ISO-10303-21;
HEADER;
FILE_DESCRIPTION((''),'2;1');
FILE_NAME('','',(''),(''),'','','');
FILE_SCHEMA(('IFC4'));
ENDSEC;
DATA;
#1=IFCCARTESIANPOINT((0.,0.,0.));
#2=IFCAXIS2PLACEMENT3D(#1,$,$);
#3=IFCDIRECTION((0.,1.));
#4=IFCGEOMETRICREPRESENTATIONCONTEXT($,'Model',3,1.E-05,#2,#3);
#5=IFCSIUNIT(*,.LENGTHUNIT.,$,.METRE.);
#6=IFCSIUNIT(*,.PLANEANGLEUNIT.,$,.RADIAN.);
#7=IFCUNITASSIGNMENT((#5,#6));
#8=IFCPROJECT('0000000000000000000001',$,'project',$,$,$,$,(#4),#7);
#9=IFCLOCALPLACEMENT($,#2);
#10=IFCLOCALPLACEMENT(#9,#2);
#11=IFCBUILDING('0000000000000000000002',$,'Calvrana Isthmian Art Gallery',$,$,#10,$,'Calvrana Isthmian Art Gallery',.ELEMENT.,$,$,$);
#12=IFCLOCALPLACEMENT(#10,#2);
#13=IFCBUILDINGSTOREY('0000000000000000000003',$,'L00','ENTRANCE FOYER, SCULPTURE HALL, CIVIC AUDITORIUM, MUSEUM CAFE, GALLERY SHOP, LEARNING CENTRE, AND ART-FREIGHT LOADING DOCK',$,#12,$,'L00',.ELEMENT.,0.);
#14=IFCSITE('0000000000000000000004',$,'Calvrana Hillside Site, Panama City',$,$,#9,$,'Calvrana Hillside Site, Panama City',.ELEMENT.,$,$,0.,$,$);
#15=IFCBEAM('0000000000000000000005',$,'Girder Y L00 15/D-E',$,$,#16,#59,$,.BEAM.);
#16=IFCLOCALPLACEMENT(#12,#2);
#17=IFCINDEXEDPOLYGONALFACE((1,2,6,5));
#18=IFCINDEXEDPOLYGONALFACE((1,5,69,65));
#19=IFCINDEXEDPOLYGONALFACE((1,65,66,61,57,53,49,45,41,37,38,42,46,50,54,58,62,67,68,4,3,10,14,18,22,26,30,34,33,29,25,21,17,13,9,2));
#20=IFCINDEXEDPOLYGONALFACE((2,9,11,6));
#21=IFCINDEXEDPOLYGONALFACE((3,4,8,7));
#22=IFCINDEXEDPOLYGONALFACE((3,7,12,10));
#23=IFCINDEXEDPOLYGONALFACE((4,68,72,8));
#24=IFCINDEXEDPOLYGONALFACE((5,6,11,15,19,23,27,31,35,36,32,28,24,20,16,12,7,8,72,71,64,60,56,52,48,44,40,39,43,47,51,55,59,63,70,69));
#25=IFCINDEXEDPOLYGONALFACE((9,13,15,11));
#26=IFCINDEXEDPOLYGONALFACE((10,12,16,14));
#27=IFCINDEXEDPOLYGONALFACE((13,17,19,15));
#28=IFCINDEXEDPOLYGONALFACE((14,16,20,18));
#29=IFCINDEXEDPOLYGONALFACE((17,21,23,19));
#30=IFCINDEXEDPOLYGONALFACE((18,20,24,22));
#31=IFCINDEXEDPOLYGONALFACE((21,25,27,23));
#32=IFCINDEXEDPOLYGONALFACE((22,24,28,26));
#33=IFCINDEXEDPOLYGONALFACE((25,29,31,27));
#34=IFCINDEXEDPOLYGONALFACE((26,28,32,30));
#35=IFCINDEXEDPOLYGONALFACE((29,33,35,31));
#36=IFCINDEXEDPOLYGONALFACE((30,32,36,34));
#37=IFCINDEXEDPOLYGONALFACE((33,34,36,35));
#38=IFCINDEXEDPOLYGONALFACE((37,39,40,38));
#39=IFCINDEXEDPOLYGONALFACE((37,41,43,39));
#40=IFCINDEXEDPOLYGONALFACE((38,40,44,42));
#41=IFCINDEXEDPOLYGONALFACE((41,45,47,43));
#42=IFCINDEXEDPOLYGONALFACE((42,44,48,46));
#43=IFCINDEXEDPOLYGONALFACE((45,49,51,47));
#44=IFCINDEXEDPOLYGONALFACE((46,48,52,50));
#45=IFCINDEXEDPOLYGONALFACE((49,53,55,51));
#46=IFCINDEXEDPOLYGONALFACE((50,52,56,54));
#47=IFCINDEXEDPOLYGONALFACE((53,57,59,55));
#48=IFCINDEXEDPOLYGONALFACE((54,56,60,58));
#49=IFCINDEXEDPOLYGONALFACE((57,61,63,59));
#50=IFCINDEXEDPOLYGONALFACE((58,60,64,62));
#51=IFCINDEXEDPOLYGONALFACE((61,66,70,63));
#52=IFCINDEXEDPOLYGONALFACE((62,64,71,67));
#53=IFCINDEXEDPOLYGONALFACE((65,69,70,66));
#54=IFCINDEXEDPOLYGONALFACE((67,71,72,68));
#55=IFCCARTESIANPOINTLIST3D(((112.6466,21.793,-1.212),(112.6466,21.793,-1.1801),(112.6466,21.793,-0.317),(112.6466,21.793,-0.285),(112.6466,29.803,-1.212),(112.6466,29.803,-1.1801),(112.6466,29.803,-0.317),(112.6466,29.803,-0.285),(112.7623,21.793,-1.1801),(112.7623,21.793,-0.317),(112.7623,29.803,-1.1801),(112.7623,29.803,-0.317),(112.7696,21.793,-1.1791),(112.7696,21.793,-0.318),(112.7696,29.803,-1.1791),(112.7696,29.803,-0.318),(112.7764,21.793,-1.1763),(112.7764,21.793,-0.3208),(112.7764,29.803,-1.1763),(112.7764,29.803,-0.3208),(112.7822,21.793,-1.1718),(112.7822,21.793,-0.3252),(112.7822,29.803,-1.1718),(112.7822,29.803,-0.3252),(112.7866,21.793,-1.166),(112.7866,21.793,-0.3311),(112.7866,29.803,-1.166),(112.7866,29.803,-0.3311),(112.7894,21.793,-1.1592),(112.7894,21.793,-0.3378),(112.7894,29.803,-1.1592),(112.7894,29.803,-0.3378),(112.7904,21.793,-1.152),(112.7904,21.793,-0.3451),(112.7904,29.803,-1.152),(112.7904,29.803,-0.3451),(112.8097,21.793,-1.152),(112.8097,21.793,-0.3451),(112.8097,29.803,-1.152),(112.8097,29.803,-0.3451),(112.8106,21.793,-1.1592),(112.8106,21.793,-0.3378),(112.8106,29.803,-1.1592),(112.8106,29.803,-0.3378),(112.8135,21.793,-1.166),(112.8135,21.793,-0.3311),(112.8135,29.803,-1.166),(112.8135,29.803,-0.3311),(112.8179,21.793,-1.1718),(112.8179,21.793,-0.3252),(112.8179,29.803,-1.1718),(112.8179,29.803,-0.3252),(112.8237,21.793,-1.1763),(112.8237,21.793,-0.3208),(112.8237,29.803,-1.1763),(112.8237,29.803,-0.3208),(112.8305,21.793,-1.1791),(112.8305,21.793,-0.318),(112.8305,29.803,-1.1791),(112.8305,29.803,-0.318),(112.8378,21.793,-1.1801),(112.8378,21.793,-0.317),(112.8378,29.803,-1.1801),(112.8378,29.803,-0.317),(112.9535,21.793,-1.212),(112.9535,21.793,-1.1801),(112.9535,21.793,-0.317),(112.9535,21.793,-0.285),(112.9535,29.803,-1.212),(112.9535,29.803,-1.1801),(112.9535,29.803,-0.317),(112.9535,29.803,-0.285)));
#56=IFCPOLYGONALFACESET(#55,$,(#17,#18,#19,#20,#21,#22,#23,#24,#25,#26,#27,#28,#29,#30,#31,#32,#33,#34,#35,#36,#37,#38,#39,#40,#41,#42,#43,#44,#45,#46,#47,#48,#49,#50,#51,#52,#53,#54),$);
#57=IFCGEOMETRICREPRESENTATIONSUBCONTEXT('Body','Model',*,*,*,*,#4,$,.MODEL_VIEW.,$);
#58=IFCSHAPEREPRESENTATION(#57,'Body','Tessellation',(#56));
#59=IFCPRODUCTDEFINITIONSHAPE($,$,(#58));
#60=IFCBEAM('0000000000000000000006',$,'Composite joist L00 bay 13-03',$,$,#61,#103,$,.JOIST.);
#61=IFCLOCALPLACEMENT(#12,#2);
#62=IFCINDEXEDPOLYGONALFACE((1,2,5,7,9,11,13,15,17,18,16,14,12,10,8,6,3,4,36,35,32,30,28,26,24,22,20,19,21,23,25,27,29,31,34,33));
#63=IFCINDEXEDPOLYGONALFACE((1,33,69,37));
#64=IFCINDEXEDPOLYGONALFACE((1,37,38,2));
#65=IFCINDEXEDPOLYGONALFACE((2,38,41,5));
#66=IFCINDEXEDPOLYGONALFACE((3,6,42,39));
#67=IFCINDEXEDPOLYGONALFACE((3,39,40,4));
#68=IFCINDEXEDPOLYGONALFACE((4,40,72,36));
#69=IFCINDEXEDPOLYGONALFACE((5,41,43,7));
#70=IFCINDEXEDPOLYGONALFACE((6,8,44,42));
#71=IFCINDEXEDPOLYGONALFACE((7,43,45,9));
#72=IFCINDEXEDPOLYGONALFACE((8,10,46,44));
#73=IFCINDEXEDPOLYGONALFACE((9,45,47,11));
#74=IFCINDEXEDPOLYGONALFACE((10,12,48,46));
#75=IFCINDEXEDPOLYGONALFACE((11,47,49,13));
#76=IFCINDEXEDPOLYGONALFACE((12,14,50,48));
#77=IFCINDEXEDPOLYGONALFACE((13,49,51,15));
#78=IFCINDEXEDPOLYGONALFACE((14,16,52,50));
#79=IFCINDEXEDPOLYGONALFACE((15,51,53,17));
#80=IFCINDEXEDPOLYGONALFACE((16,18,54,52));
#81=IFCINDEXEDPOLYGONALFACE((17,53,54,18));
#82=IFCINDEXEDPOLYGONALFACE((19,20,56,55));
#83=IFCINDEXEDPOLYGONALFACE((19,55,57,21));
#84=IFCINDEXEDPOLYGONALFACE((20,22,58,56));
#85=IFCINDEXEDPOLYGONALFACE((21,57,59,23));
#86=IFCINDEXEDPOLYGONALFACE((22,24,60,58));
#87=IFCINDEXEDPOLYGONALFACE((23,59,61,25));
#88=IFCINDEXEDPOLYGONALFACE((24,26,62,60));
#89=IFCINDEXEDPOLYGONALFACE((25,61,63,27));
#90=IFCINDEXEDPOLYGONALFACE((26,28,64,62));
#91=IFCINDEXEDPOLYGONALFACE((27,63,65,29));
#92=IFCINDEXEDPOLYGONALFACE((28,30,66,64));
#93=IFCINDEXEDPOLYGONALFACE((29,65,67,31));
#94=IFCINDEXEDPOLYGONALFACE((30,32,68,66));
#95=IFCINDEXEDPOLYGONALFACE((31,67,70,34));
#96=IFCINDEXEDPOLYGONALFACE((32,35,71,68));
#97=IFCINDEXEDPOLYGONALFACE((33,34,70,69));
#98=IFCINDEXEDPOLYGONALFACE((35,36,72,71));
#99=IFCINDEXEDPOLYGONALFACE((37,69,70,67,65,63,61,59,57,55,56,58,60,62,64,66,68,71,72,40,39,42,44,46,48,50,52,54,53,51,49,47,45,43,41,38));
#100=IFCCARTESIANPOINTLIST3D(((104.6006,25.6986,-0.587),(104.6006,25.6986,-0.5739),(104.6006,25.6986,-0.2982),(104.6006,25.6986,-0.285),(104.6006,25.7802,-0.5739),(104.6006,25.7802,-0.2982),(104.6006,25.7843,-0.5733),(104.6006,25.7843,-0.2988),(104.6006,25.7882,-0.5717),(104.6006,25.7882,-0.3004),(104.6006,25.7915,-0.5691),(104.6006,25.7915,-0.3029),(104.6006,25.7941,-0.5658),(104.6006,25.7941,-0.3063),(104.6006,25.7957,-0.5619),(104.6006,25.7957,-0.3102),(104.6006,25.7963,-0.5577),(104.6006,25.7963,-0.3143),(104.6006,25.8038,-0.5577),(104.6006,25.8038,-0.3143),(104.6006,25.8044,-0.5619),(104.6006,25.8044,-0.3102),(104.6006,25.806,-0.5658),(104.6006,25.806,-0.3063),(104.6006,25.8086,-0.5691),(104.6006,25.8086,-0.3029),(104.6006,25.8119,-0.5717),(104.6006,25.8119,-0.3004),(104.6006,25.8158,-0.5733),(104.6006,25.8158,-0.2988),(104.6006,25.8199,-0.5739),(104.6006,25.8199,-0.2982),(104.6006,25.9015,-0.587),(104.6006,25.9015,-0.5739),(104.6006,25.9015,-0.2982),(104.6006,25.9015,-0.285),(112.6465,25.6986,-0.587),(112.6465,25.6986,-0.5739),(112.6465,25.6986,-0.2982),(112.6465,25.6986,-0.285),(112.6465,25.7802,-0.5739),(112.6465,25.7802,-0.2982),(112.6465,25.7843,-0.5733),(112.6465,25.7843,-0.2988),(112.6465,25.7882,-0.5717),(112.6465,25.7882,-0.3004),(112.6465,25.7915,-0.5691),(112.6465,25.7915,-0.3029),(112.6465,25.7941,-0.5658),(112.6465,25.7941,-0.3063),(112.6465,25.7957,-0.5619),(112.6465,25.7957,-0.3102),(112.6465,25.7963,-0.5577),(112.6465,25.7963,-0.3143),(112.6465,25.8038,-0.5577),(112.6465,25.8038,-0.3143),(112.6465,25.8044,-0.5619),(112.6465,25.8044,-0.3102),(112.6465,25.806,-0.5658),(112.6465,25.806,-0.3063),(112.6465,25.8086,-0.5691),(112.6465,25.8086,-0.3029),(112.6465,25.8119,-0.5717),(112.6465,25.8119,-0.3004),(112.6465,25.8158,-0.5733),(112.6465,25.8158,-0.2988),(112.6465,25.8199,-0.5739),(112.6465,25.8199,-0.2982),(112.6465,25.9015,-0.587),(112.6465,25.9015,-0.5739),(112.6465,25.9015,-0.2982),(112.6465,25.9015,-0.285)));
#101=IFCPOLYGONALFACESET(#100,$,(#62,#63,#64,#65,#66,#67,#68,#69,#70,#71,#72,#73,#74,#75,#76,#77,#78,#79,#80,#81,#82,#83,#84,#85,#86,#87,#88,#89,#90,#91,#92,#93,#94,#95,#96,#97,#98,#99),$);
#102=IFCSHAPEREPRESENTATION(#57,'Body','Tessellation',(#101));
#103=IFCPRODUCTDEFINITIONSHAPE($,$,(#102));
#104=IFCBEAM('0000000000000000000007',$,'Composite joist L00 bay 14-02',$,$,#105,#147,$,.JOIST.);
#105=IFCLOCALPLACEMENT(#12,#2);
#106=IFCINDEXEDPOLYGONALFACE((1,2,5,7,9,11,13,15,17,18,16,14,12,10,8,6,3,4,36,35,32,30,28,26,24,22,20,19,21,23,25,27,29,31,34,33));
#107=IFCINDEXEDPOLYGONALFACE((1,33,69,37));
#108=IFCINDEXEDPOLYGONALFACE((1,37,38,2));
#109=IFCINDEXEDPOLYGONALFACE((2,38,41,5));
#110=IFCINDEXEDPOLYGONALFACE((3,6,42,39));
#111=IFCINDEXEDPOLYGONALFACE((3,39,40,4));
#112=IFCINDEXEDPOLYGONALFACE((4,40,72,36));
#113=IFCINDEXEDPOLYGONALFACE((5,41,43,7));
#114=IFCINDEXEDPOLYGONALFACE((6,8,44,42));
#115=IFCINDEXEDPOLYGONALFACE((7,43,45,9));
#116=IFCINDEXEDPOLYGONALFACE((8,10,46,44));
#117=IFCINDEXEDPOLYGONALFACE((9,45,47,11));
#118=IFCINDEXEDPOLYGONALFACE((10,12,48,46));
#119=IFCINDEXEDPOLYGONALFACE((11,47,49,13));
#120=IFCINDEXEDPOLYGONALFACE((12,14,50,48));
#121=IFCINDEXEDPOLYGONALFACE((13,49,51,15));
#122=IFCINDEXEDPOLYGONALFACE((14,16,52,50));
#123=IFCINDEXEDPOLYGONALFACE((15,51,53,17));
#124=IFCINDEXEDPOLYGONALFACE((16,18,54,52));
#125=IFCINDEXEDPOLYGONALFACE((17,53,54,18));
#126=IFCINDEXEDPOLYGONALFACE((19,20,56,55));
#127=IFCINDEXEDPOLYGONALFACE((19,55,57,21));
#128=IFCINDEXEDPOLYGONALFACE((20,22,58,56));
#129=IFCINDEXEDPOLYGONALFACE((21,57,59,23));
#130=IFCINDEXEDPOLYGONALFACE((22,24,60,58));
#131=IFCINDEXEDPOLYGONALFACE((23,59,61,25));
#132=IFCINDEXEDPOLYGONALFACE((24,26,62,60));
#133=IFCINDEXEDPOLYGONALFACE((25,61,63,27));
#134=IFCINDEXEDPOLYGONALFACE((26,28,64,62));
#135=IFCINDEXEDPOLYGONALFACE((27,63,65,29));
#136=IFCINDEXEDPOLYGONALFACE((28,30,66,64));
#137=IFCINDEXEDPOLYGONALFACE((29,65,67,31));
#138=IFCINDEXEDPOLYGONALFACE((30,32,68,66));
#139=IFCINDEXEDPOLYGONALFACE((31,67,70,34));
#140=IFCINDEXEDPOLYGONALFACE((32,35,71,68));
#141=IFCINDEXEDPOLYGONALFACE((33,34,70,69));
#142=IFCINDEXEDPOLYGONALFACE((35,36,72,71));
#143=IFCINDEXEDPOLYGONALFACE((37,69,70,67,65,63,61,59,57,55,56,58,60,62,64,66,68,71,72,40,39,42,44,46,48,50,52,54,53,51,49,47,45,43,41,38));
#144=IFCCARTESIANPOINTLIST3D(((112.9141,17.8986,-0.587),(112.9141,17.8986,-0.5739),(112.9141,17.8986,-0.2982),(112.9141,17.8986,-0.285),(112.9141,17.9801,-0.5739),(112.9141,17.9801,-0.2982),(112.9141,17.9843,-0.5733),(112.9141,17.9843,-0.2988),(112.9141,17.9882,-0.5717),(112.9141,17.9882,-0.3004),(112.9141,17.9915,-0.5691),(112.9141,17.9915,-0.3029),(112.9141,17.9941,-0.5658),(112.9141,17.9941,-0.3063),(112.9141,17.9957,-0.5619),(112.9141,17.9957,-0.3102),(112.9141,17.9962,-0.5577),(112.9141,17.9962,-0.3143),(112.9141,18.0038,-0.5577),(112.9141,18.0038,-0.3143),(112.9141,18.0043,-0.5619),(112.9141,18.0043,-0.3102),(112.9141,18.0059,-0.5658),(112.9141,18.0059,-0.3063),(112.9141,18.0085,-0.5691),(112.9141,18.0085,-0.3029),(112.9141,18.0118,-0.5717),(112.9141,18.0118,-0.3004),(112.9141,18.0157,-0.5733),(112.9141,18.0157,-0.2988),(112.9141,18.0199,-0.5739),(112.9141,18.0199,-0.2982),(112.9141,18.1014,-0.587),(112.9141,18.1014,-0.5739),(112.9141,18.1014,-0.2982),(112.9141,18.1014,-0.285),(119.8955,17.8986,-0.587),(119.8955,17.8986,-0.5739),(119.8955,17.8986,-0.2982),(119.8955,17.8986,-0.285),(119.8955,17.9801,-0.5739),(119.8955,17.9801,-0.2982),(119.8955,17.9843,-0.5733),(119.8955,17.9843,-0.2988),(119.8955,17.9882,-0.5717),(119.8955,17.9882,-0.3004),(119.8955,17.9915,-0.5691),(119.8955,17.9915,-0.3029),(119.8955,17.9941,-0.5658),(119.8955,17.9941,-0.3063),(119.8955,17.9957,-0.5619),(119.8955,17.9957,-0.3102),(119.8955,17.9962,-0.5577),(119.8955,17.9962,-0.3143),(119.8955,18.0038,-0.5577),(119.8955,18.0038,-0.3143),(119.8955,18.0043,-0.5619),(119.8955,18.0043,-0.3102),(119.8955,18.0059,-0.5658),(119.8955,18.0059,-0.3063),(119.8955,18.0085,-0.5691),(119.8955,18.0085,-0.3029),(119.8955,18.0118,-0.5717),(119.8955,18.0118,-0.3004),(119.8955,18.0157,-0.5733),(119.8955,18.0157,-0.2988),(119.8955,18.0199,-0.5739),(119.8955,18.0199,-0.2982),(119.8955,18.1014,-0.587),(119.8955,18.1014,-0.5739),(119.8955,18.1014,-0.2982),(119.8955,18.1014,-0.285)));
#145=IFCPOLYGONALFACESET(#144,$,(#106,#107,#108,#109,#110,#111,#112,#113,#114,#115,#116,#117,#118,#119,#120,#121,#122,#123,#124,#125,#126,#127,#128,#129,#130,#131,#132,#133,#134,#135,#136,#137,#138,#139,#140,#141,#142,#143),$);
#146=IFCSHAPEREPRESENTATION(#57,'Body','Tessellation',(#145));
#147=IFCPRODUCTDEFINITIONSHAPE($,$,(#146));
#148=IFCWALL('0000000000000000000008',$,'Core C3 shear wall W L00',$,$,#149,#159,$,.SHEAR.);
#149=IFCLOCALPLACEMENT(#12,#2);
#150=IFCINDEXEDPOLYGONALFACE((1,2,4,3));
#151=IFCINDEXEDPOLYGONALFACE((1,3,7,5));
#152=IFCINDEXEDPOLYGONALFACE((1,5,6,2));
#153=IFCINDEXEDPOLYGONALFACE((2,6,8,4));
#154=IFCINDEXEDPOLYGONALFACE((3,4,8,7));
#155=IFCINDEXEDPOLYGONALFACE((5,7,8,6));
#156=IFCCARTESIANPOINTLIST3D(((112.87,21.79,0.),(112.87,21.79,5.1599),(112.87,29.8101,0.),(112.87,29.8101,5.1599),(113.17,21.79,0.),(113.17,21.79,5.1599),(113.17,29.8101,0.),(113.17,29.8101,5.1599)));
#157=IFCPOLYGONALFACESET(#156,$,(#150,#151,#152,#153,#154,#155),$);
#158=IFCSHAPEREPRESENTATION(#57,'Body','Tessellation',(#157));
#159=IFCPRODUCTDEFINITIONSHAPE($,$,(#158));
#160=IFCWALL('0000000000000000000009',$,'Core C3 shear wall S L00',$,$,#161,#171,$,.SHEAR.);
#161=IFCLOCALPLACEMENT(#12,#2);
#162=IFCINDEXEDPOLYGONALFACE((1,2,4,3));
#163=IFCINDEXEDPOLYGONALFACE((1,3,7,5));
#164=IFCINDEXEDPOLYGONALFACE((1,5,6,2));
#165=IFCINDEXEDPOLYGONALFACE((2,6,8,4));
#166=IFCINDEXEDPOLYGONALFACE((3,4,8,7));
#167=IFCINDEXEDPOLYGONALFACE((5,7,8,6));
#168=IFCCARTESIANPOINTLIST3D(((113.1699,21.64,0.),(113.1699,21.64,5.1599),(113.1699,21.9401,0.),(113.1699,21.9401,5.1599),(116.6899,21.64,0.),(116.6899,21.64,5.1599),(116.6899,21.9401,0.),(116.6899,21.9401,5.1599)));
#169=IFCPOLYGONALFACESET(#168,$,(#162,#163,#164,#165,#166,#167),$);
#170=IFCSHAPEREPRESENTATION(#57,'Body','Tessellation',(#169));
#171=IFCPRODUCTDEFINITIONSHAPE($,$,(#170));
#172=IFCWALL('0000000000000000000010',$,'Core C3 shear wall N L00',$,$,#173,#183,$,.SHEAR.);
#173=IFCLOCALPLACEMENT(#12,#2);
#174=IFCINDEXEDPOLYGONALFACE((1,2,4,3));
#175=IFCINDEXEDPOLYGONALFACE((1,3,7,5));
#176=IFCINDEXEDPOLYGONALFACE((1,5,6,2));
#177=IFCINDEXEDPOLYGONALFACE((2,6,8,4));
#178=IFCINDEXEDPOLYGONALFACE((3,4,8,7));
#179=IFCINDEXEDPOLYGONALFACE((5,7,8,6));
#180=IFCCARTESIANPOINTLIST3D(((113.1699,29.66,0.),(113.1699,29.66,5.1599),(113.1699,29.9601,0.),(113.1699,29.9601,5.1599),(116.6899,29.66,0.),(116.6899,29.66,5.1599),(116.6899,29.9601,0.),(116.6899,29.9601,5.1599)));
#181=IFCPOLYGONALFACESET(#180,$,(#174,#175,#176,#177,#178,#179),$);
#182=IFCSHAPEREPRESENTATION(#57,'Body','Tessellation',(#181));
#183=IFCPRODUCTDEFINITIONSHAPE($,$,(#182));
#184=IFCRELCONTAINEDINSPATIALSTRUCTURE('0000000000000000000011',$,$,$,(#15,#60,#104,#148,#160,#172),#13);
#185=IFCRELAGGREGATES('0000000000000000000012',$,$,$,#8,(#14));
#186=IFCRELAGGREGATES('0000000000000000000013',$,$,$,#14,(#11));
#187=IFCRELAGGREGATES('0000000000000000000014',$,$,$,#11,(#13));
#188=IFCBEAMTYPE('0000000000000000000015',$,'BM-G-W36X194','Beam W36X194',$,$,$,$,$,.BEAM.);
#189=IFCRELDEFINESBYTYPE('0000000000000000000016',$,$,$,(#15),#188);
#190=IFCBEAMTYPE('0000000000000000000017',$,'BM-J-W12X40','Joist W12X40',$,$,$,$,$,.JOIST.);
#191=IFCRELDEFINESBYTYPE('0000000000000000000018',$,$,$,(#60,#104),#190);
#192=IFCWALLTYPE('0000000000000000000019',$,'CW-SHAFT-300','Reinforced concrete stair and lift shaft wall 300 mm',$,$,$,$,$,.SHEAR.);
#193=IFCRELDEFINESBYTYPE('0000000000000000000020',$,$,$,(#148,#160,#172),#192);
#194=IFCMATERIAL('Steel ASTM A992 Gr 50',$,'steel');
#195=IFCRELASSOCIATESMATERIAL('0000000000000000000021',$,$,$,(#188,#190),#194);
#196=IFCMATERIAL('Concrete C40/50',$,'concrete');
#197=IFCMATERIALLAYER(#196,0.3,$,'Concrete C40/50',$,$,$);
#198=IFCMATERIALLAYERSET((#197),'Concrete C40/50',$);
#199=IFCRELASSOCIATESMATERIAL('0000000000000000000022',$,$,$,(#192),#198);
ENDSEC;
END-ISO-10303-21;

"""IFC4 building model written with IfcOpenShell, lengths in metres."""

from ifc_helpers import new_model, si_unit, direction, frame, frame_2d, origin, origin_2d, place, context, subcontext, project, spatial, rectangle, i_section, extrude, material, layer, layer_set, material_profile, profile_set, type_object, element, save


model = new_model("IFC4")

# Units and contexts
model_context = context("Model", 3, precision=1e-05, world=origin(), true_north=direction((0.0, 1.0)))
body_context = subcontext(model_context, "Body", "Model", "MODEL_VIEW")
ifc_project = project(units=[si_unit("LENGTHUNIT", "METRE"), si_unit("PLANEANGLEUNIT", "RADIAN")], contexts=[model_context])

# Site, building, storey
site_placement = place(None, origin())
site = spatial("IfcSite", under=ifc_project, at=site_placement, Name="Calvrana Hillside Site, Panama City", LongName="Calvrana Hillside Site, Panama City", CompositionType="ELEMENT", RefElevation=0.0)
building_placement = place(site_placement, origin())
building = spatial("IfcBuilding", under=site, at=building_placement, Name="Calvrana Isthmian Art Gallery", LongName="Calvrana Isthmian Art Gallery", CompositionType="ELEMENT")
storey_placement = place(building_placement, origin())
storey = spatial("IfcBuildingStorey", under=building, at=storey_placement, Name="L00", Description="ENTRANCE FOYER, SCULPTURE HALL, CIVIC AUDITORIUM, MUSEUM CAFE, GALLERY SHOP, LEARNING CENTRE, AND ART-FREIGHT LOADING DOCK", LongName="L00", CompositionType="ELEMENT", Elevation=0.0)

# Shared definitions
ifc_material_1 = material(Name="Steel ASTM A992 Gr 50", Category="steel")

# Beams
ifc_material_profile_1 = material_profile(ifc_material_1, i_section(OverallWidth=0.3069, OverallDepth=0.927, WebThickness=0.0193, FlangeThickness=0.032, FilletRadius=0.0281, at=origin_2d()), Name="W36X194")
ifc_profile_set_1 = profile_set([ifc_material_profile_1], Name="Steel ASTM A992 Gr 50")
beam_type_1 = type_object("IfcBeamType", Name="BM-G-W36X194", Description="Beam W36X194", PredefinedType="BEAM", material=ifc_profile_set_1)
beam_1_placement = place(storey_placement, frame((112.8, 21.793, -0.7485), z_axis=(0.0, 1.0, 0.0), x_axis=(-1.0, 0.0, 0.0)))
element("IfcBeam", 1, at=beam_1_placement, inside=storey, type_object=beam_type_1, Name="Girder Y L00 15/D-E", PredefinedType="BEAM", context=body_context, shape_type="SweptSolid", body=[
    extrude(i_section(OverallWidth=0.3069, OverallDepth=0.927, WebThickness=0.0193, FlangeThickness=0.032, FilletRadius=0.0281, at=origin_2d()), origin(), (0.0, 0.0, 1.0), 8.01),
])
ifc_material_profile_2 = material_profile(ifc_material_1, i_section(OverallWidth=0.2029, OverallDepth=0.302, WebThickness=0.0076, FlangeThickness=0.0132, FilletRadius=0.0161, at=origin_2d()), Name="W12X40")
ifc_profile_set_2 = profile_set([ifc_material_profile_2], Name="Steel ASTM A992 Gr 50")
beam_type_2 = type_object("IfcBeamType", Name="BM-J-W12X40", Description="Joist W12X40", PredefinedType="JOIST", material=ifc_profile_set_2)
beam_2_placement = place(storey_placement, frame((104.6006, 25.8, -0.436), z_axis=(1.0, 0.0, 0.0), x_axis=(0.0, 1.0, 0.0)))
element("IfcBeam", 2, at=beam_2_placement, inside=storey, type_object=beam_type_2, Name="Composite joist L00 bay 13-03", PredefinedType="JOIST", context=body_context, shape_type="SweptSolid", body=[
    extrude(i_section(OverallWidth=0.2029, OverallDepth=0.302, WebThickness=0.0076, FlangeThickness=0.0132, FilletRadius=0.0161, at=origin_2d()), origin(), (0.0, 0.0, 1.0), 8.0459),
])
beam_3_placement = place(storey_placement, frame((112.9141, 18.0, -0.436), z_axis=(1.0, 0.0, 0.0), x_axis=(0.0, 1.0, 0.0)))
element("IfcBeam", 3, at=beam_3_placement, inside=storey, type_object=beam_type_2, Name="Composite joist L00 bay 14-02", PredefinedType="JOIST", context=body_context, shape_type="SweptSolid", body=[
    extrude(i_section(OverallWidth=0.2029, OverallDepth=0.302, WebThickness=0.0076, FlangeThickness=0.0132, FilletRadius=0.0161, at=origin_2d()), origin(), (0.0, 0.0, 1.0), 6.9814),
])

# Walls
ifc_material_2 = material(Name="Concrete C40/50", Category="concrete")
ifc_layer_1 = layer(ifc_material_2, 0.3, Name="Concrete C40/50")
ifc_layer_set_1 = layer_set([ifc_layer_1], Name="Concrete C40/50")
wall_type_1 = type_object("IfcWallType", Name="CW-SHAFT-300", Description="Reinforced concrete stair and lift shaft wall 300 mm", PredefinedType="SHEAR", material=ifc_layer_set_1)
wall_1_placement = place(storey_placement, frame((113.02, 21.79, 0.0), z_axis=(0.0, 0.0, 1.0), x_axis=(0.0, 1.0, 0.0)))
element("IfcWall", 4, at=wall_1_placement, inside=storey, type_object=wall_type_1, Name="Core C3 shear wall W L00", PredefinedType="SHEAR", context=body_context, shape_type="SweptSolid", body=[
    extrude(rectangle(XDim=8.02, YDim=0.3, at=frame_2d((4.01, 0.0))), origin(), (0.0, 0.0, 1.0), 5.1599),
])
for number, where, z_axis, x_axis, name in (
    (5, (113.1699, 21.79, 0.0), (0.0, 0.0, 1.0), (1.0, 0.0, 0.0), "Core C3 shear wall S L00"),
    (6, (113.1699, 29.8101, 0.0), (0.0, 0.0, 1.0), (1.0, 0.0, 0.0), "Core C3 shear wall N L00"),
):
    element("IfcWall", number, at=place(storey_placement, frame(where, z_axis=z_axis, x_axis=x_axis)), inside=storey, type_object=wall_type_1, Name=name, PredefinedType="SHEAR", context=body_context, shape_type="SweptSolid", body=[
        extrude(rectangle(XDim=3.52, YDim=0.3, at=frame_2d((1.76, 0.0))), origin(), (0.0, 0.0, 1.0), 5.1599),
    ])

save(model, "model.ifc")
